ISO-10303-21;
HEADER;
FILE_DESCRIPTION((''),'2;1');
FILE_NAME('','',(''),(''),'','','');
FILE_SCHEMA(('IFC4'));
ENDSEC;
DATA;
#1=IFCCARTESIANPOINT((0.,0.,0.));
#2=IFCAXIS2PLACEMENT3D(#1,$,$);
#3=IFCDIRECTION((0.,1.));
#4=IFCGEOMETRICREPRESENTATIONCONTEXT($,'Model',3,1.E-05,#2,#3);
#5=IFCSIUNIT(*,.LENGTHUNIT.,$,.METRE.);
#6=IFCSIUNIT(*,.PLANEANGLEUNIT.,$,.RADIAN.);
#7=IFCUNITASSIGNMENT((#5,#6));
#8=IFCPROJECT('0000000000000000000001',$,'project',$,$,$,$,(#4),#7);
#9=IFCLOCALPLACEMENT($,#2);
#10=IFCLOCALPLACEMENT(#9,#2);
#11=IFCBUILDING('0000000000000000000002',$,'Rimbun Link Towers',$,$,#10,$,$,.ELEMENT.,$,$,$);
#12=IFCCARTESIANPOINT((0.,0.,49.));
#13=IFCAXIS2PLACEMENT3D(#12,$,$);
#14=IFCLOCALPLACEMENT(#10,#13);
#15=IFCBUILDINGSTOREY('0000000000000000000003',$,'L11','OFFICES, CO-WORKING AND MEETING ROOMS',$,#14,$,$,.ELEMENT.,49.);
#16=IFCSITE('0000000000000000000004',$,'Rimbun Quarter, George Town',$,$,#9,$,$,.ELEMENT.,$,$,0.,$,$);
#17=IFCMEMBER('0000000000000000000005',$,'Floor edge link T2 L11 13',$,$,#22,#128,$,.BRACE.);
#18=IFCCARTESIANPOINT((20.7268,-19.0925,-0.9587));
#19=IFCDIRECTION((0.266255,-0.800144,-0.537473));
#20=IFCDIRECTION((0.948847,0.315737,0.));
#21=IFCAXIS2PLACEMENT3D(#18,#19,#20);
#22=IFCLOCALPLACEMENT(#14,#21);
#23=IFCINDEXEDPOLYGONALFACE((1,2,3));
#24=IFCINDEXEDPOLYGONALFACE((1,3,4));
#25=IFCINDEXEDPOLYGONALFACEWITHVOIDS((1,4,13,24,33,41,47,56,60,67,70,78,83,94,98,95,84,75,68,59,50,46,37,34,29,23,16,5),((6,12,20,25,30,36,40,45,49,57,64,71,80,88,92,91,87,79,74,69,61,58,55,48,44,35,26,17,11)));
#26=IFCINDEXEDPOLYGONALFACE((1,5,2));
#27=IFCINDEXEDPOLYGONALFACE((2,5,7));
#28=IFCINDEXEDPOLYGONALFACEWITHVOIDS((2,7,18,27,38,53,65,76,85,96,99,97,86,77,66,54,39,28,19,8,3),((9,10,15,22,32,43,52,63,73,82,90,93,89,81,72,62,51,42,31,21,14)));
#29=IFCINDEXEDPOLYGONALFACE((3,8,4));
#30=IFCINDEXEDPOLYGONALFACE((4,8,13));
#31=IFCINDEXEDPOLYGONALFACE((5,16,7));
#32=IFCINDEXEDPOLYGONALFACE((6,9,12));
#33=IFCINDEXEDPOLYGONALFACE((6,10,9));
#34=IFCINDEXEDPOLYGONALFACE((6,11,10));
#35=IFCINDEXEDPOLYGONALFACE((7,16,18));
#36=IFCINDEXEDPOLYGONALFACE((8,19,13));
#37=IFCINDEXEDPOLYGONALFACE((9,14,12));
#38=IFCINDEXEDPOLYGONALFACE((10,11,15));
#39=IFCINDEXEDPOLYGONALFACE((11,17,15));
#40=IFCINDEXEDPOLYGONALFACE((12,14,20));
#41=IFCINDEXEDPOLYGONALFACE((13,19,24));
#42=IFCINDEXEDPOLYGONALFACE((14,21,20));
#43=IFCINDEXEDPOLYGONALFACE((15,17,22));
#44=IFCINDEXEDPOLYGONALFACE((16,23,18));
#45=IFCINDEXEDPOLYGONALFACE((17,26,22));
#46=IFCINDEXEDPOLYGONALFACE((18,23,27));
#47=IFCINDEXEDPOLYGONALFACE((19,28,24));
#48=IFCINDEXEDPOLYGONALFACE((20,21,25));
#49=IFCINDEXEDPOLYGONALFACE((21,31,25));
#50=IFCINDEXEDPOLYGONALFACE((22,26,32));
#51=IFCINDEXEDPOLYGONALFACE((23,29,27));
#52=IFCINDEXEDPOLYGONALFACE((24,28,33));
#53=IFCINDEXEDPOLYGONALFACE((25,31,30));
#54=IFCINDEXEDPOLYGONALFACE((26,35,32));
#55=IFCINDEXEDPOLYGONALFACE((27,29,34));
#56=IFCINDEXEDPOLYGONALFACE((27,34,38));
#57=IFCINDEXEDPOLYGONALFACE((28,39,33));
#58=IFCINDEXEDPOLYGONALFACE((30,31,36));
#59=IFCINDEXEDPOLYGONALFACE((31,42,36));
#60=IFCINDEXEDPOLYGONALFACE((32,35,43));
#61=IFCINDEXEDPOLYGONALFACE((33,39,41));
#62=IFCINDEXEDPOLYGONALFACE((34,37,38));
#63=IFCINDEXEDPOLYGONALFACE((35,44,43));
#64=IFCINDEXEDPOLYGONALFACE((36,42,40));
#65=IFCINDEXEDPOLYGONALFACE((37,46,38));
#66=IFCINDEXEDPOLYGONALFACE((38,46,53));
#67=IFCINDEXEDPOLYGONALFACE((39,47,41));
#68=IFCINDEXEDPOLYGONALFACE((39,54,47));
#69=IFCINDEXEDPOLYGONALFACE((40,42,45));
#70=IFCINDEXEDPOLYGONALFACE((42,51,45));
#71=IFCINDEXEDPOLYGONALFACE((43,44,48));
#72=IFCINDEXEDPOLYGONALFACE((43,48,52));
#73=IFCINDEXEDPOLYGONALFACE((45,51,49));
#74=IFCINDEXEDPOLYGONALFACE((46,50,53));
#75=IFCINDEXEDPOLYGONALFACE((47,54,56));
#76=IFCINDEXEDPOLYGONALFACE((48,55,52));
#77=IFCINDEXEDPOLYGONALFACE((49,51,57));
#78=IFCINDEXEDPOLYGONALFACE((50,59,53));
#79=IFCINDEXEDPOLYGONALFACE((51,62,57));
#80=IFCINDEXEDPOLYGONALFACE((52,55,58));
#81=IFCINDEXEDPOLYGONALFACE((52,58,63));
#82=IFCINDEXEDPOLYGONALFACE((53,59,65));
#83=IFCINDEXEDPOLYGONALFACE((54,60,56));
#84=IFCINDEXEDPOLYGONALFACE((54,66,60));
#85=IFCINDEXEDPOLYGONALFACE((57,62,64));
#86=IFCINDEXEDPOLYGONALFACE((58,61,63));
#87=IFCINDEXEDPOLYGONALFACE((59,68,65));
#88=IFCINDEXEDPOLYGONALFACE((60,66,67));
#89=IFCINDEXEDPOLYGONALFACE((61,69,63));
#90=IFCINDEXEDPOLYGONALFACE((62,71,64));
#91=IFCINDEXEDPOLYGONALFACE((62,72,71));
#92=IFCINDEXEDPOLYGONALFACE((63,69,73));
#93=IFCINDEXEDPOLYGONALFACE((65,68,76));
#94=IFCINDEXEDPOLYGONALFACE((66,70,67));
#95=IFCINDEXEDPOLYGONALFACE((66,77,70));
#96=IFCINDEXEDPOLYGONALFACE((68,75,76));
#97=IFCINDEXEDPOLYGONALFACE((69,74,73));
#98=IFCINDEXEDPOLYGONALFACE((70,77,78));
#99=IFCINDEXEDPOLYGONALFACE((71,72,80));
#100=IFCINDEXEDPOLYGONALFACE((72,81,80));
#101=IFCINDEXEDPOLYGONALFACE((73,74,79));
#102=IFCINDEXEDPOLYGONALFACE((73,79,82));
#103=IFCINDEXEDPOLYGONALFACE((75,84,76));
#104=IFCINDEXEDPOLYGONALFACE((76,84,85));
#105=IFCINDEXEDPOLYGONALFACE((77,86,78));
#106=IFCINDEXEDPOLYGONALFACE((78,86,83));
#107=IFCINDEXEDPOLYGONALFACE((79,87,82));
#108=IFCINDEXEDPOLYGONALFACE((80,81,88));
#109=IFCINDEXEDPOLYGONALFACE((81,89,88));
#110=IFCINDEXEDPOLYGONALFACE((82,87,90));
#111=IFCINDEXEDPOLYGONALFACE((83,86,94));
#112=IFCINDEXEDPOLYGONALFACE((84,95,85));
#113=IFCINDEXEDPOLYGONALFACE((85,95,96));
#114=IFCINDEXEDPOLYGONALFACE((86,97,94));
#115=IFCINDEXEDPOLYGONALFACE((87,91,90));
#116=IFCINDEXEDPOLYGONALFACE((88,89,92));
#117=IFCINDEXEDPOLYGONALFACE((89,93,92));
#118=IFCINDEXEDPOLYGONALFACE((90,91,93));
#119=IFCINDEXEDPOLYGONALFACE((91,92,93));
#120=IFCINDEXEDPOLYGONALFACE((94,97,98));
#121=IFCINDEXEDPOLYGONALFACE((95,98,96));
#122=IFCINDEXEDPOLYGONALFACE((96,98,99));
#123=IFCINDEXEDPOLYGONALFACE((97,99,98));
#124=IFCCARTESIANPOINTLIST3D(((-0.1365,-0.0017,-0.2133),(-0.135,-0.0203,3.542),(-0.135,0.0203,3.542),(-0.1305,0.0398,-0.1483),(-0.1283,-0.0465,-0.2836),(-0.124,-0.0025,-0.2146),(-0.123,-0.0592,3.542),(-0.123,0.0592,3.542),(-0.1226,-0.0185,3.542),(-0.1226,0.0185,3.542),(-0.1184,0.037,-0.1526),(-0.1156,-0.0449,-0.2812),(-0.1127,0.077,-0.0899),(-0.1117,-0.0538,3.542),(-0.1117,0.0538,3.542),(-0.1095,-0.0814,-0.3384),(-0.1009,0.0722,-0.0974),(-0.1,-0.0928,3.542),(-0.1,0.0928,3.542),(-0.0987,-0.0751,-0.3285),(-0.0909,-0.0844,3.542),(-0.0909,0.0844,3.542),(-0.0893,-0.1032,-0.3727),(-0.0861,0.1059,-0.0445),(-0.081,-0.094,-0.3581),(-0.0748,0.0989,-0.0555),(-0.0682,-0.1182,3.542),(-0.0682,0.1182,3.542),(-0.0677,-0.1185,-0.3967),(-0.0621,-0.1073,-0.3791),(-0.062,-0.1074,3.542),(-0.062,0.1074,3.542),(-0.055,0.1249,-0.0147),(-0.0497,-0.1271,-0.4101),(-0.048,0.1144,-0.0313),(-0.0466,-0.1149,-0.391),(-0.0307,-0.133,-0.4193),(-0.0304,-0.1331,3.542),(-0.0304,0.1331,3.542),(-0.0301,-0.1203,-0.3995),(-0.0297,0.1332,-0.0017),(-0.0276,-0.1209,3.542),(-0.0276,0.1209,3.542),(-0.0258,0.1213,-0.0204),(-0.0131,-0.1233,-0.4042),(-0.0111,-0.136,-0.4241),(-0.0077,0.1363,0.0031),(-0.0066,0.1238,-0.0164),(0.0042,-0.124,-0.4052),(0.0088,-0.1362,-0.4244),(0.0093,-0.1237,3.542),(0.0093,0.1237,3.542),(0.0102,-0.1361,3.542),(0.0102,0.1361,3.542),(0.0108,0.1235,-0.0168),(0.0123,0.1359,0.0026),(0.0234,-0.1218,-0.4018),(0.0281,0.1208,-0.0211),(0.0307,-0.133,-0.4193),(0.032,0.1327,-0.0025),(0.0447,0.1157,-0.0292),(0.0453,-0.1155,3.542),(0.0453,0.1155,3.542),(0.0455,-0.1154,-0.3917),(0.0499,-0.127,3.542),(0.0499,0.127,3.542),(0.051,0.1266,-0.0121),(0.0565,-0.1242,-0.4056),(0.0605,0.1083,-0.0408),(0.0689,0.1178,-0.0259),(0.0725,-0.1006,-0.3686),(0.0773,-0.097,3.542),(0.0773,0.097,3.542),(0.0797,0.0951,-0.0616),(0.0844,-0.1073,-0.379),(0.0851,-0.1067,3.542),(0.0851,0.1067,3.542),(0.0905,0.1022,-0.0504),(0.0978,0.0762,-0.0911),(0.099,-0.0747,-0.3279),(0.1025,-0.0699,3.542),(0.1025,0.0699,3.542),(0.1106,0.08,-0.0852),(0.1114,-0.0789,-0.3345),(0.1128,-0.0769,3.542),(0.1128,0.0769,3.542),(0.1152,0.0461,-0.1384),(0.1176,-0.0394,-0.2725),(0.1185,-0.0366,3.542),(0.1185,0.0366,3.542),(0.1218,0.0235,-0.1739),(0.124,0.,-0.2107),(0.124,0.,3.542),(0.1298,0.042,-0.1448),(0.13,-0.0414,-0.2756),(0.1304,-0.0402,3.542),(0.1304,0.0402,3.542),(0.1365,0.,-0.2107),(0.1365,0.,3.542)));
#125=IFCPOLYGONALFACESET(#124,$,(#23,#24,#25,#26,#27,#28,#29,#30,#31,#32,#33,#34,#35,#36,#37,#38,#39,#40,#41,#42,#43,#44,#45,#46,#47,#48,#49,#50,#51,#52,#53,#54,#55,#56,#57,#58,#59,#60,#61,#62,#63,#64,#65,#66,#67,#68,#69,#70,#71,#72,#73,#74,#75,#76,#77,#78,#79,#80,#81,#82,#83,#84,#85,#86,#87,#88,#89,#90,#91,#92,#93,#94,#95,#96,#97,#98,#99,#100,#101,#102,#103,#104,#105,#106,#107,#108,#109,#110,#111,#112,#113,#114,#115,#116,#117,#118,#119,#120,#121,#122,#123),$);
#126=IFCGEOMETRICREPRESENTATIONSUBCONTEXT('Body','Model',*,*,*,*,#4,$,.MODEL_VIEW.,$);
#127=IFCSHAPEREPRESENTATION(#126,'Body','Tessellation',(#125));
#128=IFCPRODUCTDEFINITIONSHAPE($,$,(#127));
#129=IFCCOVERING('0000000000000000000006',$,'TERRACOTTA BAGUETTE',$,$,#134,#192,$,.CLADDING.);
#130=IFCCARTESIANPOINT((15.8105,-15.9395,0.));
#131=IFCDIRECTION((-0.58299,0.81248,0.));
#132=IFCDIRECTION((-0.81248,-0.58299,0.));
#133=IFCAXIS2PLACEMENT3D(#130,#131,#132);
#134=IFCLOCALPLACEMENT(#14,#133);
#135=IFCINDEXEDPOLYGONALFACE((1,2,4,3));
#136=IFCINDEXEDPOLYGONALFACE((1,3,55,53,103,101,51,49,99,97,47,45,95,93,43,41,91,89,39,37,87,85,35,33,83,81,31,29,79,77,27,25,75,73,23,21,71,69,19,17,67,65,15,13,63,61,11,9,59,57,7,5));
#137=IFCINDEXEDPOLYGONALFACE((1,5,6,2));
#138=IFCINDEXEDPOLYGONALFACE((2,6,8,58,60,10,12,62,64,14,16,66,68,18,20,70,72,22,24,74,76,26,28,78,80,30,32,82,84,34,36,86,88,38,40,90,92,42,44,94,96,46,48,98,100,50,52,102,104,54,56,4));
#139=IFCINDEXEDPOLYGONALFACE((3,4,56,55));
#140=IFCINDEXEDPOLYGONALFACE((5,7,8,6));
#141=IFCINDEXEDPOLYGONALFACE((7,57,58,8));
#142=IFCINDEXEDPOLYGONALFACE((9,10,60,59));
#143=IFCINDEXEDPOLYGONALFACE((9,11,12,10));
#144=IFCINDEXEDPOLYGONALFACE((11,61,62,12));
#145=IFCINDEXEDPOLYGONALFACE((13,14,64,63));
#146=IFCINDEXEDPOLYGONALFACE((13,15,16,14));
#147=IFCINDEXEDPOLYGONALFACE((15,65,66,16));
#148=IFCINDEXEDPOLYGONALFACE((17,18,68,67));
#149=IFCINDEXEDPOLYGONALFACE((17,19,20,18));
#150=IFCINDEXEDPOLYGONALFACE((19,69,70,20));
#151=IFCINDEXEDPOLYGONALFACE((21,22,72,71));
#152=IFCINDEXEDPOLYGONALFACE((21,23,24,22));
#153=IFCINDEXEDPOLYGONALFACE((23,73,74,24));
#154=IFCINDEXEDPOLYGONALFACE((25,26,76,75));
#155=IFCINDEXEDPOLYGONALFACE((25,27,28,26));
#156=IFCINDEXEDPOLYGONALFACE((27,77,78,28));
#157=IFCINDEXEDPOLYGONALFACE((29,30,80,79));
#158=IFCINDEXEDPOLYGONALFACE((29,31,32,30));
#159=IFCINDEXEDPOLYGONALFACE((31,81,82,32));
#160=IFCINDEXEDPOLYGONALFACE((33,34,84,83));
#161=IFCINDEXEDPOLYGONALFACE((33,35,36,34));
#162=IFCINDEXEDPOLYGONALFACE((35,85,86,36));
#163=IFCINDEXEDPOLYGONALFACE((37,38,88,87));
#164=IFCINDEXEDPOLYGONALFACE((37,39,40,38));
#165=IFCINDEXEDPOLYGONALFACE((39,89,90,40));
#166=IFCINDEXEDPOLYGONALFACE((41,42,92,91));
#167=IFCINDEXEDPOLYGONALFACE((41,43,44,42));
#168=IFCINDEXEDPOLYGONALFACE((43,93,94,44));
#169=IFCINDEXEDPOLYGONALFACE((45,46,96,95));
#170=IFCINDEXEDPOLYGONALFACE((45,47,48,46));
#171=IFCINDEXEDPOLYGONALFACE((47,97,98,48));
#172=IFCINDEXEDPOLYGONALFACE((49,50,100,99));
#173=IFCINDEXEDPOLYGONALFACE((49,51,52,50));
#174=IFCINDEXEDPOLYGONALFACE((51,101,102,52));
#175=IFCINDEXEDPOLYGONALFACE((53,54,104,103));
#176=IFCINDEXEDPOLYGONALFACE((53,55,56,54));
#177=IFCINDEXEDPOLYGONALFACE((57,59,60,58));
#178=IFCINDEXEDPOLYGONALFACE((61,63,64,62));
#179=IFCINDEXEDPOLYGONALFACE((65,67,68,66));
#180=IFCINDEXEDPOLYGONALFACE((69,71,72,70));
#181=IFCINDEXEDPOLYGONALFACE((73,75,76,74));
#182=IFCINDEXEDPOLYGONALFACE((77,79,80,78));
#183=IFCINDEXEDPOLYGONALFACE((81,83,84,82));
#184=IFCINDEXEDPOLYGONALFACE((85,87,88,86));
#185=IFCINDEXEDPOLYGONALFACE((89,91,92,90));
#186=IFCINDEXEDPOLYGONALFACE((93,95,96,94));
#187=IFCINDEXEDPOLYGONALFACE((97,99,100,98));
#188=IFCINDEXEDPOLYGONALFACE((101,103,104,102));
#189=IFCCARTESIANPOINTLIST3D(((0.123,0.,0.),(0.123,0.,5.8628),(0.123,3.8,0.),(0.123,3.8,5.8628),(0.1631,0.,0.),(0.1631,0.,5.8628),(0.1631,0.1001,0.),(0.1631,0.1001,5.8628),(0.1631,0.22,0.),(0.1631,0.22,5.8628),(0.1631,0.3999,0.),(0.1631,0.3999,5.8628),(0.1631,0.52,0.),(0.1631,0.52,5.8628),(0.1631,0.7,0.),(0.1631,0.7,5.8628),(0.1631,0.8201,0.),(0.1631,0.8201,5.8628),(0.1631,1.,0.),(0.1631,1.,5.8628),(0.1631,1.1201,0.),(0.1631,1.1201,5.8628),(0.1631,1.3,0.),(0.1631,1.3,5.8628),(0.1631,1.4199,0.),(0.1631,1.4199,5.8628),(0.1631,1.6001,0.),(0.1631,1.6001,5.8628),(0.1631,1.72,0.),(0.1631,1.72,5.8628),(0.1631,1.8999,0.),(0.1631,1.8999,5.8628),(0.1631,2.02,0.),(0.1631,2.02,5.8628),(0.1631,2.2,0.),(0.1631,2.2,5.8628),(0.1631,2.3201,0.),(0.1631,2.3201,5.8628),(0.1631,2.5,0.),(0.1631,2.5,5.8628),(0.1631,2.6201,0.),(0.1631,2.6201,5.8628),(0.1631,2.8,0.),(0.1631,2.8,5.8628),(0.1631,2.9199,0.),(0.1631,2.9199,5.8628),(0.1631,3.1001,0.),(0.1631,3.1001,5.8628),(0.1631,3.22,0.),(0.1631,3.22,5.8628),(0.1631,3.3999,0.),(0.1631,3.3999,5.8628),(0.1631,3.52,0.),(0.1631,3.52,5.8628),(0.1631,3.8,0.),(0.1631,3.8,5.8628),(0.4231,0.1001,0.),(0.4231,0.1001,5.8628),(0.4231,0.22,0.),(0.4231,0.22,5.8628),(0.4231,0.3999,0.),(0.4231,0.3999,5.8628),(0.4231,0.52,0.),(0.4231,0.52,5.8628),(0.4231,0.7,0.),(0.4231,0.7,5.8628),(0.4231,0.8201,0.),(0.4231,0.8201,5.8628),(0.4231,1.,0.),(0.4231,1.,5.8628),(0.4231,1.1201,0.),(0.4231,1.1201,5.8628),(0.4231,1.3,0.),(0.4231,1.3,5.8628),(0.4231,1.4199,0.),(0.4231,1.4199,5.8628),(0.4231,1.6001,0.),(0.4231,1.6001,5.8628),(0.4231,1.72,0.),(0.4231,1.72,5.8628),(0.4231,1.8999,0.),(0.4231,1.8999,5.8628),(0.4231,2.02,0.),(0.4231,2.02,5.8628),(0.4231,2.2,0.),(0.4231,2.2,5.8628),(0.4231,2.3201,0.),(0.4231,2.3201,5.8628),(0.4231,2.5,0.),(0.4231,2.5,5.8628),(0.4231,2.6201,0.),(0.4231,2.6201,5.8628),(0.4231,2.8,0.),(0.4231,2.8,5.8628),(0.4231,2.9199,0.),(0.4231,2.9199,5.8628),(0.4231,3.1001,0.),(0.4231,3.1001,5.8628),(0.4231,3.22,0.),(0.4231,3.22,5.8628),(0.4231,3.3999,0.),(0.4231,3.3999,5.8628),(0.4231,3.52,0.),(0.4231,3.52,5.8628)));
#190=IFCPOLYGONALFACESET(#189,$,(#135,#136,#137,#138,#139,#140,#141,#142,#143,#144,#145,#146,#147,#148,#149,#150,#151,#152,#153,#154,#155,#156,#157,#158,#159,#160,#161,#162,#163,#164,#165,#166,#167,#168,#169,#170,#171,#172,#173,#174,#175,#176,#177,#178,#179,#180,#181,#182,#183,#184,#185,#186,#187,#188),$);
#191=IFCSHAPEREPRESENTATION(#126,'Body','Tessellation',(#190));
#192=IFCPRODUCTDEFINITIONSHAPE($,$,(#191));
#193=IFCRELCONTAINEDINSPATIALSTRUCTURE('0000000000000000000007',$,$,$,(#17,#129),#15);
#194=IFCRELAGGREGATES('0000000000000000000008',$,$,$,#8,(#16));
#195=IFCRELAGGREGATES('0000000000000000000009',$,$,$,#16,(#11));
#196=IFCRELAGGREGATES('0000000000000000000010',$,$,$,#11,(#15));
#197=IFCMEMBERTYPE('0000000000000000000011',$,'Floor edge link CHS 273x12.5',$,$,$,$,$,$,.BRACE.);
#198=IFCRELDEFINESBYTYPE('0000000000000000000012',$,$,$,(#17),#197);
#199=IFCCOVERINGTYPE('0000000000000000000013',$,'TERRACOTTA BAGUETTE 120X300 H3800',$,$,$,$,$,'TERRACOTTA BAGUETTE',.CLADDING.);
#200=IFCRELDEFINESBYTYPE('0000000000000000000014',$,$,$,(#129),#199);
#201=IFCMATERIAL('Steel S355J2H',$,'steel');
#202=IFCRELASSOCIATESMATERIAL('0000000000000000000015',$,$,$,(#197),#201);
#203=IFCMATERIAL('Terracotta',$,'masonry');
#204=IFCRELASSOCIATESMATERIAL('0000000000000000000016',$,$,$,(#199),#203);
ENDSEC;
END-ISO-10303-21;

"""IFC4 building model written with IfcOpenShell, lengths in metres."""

from ifc_helpers import new_model, si_unit, direction, frame, origin, origin_2d, place, context, subcontext, project, spatial, polyline, hollow_circle, outline, extrude, clip, halfspace, material, material_profile, profile_set, type_object, element, save


model = new_model("IFC4")

# Units and contexts
model_context = context("Model", 3, precision=1e-05, world=origin(), true_north=direction((0.0, 1.0)))
body_context = subcontext(model_context, "Body", "Model", "MODEL_VIEW")
ifc_project = project(units=[si_unit("LENGTHUNIT", "METRE"), si_unit("PLANEANGLEUNIT", "RADIAN")], contexts=[model_context])

# Site, building, storey
site_placement = place(None, origin())
site = spatial("IfcSite", under=ifc_project, at=site_placement, Name="Rimbun Quarter, George Town", CompositionType="ELEMENT", RefElevation=0.0)
building_placement = place(site_placement, origin())
building = spatial("IfcBuilding", under=site, at=building_placement, Name="Rimbun Link Towers", CompositionType="ELEMENT")
storey_placement = place(building_placement, frame((0.0, 0.0, 49.0)))
storey = spatial("IfcBuildingStorey", under=building, at=storey_placement, Name="L11", Description="OFFICES, CO-WORKING AND MEETING ROOMS", CompositionType="ELEMENT", Elevation=49.0)

# Member
ifc_material_1 = material(Name="Steel S355J2H", Category="steel")
ifc_material_profile_1 = material_profile(ifc_material_1, hollow_circle(Radius=0.1365, WallThickness=0.0125, at=origin_2d()), Name="CHS 273x12.5")
ifc_profile_set_1 = profile_set([ifc_material_profile_1], Name="Steel S355J2H")
member_type_1 = type_object("IfcMemberType", Name="Floor edge link CHS 273x12.5", PredefinedType="BRACE", material=ifc_profile_set_1)
member_1_placement = place(storey_placement, frame((20.7268, -19.0925, -0.9587), z_axis=(0.266255, -0.800144, -0.537473), x_axis=(0.948847, 0.315737, 0.0)))
element("IfcMember", 1, at=member_1_placement, inside=storey, type_object=member_type_1, Name="Floor edge link T2 L11 13", PredefinedType="BRACE", context=body_context, shape_type="Clipping", body=[
    clip(extrude(hollow_circle(Radius=0.1365, WallThickness=0.0125, at=origin_2d()), frame((0.0, 0.0, -0.447)), (0.0, 0.0, 1.0), 3.989), halfspace(frame((0.0, 0.0, -0.2107), z_axis=(0.0, 0.843281, -0.537473)), False)),
])

# Covering
ifc_material_2 = material(Name="Terracotta", Category="masonry")
ifc_material_profile_2 = material_profile(ifc_material_2, outline(polyline([(0.123, 0.0), (0.1631, 0.0), (0.1631, 0.1001), (0.4231, 0.1001), (0.4231, 0.22), (0.1631, 0.22), (0.1631, 0.3999), (0.4231, 0.3999), (0.4231, 0.52), (0.1631, 0.52), (0.1631, 0.7), (0.4231, 0.7), (0.4231, 0.8201), (0.1631, 0.8201), (0.1631, 1.0), (0.4231, 1.0), (0.4231, 1.1201), (0.1631, 1.1201), (0.1631, 1.3), (0.4231, 1.3), (0.4231, 1.4199), (0.1631, 1.4199), (0.1631, 1.6001), (0.4231, 1.6001), (0.4231, 1.72), (0.1631, 1.72), (0.1631, 1.8999), (0.4231, 1.8999), (0.4231, 2.02), (0.1631, 2.02), (0.1631, 2.2), (0.4231, 2.2), (0.4231, 2.3201), (0.1631, 2.3201), (0.1631, 2.5), (0.4231, 2.5), (0.4231, 2.6201), (0.1631, 2.6201), (0.1631, 2.8), (0.4231, 2.8), (0.4231, 2.9199), (0.1631, 2.9199), (0.1631, 3.1001), (0.4231, 3.1001), (0.4231, 3.22), (0.1631, 3.22), (0.1631, 3.3999), (0.4231, 3.3999), (0.4231, 3.52), (0.1631, 3.52), (0.1631, 3.8), (0.123, 3.8), (0.123, 0.0)])), Name="BAGUETTE 120X300")
ifc_profile_set_2 = profile_set([ifc_material_profile_2], Name="Terracotta")
covering_type = type_object("IfcCoveringType", Name="TERRACOTTA BAGUETTE 120X300 H3800", ElementType="TERRACOTTA BAGUETTE", PredefinedType="CLADDING", material=ifc_profile_set_2)
for number, where, z_axis, x_axis, name in (
    (2, (15.8105, -15.9395, 0.0), (-0.58299, 0.81248, 0.0), (-0.81248, -0.58299, 0.0), "TERRACOTTA BAGUETTE"),
):
    element("IfcCovering", number, at=place(storey_placement, frame(where, z_axis=z_axis, x_axis=x_axis)), inside=storey, type_object=covering_type, Name=name, PredefinedType="CLADDING", context=body_context, shape_type="SweptSolid", body=[
        extrude(outline(polyline([(0.123, 0.0), (0.1631, 0.0), (0.1631, 0.1001), (0.4231, 0.1001), (0.4231, 0.22), (0.1631, 0.22), (0.1631, 0.3999), (0.4231, 0.3999), (0.4231, 0.52), (0.1631, 0.52), (0.1631, 0.7), (0.4231, 0.7), (0.4231, 0.8201), (0.1631, 0.8201), (0.1631, 1.0), (0.4231, 1.0), (0.4231, 1.1201), (0.1631, 1.1201), (0.1631, 1.3), (0.4231, 1.3), (0.4231, 1.4199), (0.1631, 1.4199), (0.1631, 1.6001), (0.4231, 1.6001), (0.4231, 1.72), (0.1631, 1.72), (0.1631, 1.8999), (0.4231, 1.8999), (0.4231, 2.02), (0.1631, 2.02), (0.1631, 2.2), (0.4231, 2.2), (0.4231, 2.3201), (0.1631, 2.3201), (0.1631, 2.5), (0.4231, 2.5), (0.4231, 2.6201), (0.1631, 2.6201), (0.1631, 2.8), (0.4231, 2.8), (0.4231, 2.9199), (0.1631, 2.9199), (0.1631, 3.1001), (0.4231, 3.1001), (0.4231, 3.22), (0.1631, 3.22), (0.1631, 3.3999), (0.4231, 3.3999), (0.4231, 3.52), (0.1631, 3.52), (0.1631, 3.8), (0.123, 3.8), (0.123, 0.0)])), origin(), (0.0, 0.0, 1.0), 5.8628),
    ])

save(model, "model.ifc")
